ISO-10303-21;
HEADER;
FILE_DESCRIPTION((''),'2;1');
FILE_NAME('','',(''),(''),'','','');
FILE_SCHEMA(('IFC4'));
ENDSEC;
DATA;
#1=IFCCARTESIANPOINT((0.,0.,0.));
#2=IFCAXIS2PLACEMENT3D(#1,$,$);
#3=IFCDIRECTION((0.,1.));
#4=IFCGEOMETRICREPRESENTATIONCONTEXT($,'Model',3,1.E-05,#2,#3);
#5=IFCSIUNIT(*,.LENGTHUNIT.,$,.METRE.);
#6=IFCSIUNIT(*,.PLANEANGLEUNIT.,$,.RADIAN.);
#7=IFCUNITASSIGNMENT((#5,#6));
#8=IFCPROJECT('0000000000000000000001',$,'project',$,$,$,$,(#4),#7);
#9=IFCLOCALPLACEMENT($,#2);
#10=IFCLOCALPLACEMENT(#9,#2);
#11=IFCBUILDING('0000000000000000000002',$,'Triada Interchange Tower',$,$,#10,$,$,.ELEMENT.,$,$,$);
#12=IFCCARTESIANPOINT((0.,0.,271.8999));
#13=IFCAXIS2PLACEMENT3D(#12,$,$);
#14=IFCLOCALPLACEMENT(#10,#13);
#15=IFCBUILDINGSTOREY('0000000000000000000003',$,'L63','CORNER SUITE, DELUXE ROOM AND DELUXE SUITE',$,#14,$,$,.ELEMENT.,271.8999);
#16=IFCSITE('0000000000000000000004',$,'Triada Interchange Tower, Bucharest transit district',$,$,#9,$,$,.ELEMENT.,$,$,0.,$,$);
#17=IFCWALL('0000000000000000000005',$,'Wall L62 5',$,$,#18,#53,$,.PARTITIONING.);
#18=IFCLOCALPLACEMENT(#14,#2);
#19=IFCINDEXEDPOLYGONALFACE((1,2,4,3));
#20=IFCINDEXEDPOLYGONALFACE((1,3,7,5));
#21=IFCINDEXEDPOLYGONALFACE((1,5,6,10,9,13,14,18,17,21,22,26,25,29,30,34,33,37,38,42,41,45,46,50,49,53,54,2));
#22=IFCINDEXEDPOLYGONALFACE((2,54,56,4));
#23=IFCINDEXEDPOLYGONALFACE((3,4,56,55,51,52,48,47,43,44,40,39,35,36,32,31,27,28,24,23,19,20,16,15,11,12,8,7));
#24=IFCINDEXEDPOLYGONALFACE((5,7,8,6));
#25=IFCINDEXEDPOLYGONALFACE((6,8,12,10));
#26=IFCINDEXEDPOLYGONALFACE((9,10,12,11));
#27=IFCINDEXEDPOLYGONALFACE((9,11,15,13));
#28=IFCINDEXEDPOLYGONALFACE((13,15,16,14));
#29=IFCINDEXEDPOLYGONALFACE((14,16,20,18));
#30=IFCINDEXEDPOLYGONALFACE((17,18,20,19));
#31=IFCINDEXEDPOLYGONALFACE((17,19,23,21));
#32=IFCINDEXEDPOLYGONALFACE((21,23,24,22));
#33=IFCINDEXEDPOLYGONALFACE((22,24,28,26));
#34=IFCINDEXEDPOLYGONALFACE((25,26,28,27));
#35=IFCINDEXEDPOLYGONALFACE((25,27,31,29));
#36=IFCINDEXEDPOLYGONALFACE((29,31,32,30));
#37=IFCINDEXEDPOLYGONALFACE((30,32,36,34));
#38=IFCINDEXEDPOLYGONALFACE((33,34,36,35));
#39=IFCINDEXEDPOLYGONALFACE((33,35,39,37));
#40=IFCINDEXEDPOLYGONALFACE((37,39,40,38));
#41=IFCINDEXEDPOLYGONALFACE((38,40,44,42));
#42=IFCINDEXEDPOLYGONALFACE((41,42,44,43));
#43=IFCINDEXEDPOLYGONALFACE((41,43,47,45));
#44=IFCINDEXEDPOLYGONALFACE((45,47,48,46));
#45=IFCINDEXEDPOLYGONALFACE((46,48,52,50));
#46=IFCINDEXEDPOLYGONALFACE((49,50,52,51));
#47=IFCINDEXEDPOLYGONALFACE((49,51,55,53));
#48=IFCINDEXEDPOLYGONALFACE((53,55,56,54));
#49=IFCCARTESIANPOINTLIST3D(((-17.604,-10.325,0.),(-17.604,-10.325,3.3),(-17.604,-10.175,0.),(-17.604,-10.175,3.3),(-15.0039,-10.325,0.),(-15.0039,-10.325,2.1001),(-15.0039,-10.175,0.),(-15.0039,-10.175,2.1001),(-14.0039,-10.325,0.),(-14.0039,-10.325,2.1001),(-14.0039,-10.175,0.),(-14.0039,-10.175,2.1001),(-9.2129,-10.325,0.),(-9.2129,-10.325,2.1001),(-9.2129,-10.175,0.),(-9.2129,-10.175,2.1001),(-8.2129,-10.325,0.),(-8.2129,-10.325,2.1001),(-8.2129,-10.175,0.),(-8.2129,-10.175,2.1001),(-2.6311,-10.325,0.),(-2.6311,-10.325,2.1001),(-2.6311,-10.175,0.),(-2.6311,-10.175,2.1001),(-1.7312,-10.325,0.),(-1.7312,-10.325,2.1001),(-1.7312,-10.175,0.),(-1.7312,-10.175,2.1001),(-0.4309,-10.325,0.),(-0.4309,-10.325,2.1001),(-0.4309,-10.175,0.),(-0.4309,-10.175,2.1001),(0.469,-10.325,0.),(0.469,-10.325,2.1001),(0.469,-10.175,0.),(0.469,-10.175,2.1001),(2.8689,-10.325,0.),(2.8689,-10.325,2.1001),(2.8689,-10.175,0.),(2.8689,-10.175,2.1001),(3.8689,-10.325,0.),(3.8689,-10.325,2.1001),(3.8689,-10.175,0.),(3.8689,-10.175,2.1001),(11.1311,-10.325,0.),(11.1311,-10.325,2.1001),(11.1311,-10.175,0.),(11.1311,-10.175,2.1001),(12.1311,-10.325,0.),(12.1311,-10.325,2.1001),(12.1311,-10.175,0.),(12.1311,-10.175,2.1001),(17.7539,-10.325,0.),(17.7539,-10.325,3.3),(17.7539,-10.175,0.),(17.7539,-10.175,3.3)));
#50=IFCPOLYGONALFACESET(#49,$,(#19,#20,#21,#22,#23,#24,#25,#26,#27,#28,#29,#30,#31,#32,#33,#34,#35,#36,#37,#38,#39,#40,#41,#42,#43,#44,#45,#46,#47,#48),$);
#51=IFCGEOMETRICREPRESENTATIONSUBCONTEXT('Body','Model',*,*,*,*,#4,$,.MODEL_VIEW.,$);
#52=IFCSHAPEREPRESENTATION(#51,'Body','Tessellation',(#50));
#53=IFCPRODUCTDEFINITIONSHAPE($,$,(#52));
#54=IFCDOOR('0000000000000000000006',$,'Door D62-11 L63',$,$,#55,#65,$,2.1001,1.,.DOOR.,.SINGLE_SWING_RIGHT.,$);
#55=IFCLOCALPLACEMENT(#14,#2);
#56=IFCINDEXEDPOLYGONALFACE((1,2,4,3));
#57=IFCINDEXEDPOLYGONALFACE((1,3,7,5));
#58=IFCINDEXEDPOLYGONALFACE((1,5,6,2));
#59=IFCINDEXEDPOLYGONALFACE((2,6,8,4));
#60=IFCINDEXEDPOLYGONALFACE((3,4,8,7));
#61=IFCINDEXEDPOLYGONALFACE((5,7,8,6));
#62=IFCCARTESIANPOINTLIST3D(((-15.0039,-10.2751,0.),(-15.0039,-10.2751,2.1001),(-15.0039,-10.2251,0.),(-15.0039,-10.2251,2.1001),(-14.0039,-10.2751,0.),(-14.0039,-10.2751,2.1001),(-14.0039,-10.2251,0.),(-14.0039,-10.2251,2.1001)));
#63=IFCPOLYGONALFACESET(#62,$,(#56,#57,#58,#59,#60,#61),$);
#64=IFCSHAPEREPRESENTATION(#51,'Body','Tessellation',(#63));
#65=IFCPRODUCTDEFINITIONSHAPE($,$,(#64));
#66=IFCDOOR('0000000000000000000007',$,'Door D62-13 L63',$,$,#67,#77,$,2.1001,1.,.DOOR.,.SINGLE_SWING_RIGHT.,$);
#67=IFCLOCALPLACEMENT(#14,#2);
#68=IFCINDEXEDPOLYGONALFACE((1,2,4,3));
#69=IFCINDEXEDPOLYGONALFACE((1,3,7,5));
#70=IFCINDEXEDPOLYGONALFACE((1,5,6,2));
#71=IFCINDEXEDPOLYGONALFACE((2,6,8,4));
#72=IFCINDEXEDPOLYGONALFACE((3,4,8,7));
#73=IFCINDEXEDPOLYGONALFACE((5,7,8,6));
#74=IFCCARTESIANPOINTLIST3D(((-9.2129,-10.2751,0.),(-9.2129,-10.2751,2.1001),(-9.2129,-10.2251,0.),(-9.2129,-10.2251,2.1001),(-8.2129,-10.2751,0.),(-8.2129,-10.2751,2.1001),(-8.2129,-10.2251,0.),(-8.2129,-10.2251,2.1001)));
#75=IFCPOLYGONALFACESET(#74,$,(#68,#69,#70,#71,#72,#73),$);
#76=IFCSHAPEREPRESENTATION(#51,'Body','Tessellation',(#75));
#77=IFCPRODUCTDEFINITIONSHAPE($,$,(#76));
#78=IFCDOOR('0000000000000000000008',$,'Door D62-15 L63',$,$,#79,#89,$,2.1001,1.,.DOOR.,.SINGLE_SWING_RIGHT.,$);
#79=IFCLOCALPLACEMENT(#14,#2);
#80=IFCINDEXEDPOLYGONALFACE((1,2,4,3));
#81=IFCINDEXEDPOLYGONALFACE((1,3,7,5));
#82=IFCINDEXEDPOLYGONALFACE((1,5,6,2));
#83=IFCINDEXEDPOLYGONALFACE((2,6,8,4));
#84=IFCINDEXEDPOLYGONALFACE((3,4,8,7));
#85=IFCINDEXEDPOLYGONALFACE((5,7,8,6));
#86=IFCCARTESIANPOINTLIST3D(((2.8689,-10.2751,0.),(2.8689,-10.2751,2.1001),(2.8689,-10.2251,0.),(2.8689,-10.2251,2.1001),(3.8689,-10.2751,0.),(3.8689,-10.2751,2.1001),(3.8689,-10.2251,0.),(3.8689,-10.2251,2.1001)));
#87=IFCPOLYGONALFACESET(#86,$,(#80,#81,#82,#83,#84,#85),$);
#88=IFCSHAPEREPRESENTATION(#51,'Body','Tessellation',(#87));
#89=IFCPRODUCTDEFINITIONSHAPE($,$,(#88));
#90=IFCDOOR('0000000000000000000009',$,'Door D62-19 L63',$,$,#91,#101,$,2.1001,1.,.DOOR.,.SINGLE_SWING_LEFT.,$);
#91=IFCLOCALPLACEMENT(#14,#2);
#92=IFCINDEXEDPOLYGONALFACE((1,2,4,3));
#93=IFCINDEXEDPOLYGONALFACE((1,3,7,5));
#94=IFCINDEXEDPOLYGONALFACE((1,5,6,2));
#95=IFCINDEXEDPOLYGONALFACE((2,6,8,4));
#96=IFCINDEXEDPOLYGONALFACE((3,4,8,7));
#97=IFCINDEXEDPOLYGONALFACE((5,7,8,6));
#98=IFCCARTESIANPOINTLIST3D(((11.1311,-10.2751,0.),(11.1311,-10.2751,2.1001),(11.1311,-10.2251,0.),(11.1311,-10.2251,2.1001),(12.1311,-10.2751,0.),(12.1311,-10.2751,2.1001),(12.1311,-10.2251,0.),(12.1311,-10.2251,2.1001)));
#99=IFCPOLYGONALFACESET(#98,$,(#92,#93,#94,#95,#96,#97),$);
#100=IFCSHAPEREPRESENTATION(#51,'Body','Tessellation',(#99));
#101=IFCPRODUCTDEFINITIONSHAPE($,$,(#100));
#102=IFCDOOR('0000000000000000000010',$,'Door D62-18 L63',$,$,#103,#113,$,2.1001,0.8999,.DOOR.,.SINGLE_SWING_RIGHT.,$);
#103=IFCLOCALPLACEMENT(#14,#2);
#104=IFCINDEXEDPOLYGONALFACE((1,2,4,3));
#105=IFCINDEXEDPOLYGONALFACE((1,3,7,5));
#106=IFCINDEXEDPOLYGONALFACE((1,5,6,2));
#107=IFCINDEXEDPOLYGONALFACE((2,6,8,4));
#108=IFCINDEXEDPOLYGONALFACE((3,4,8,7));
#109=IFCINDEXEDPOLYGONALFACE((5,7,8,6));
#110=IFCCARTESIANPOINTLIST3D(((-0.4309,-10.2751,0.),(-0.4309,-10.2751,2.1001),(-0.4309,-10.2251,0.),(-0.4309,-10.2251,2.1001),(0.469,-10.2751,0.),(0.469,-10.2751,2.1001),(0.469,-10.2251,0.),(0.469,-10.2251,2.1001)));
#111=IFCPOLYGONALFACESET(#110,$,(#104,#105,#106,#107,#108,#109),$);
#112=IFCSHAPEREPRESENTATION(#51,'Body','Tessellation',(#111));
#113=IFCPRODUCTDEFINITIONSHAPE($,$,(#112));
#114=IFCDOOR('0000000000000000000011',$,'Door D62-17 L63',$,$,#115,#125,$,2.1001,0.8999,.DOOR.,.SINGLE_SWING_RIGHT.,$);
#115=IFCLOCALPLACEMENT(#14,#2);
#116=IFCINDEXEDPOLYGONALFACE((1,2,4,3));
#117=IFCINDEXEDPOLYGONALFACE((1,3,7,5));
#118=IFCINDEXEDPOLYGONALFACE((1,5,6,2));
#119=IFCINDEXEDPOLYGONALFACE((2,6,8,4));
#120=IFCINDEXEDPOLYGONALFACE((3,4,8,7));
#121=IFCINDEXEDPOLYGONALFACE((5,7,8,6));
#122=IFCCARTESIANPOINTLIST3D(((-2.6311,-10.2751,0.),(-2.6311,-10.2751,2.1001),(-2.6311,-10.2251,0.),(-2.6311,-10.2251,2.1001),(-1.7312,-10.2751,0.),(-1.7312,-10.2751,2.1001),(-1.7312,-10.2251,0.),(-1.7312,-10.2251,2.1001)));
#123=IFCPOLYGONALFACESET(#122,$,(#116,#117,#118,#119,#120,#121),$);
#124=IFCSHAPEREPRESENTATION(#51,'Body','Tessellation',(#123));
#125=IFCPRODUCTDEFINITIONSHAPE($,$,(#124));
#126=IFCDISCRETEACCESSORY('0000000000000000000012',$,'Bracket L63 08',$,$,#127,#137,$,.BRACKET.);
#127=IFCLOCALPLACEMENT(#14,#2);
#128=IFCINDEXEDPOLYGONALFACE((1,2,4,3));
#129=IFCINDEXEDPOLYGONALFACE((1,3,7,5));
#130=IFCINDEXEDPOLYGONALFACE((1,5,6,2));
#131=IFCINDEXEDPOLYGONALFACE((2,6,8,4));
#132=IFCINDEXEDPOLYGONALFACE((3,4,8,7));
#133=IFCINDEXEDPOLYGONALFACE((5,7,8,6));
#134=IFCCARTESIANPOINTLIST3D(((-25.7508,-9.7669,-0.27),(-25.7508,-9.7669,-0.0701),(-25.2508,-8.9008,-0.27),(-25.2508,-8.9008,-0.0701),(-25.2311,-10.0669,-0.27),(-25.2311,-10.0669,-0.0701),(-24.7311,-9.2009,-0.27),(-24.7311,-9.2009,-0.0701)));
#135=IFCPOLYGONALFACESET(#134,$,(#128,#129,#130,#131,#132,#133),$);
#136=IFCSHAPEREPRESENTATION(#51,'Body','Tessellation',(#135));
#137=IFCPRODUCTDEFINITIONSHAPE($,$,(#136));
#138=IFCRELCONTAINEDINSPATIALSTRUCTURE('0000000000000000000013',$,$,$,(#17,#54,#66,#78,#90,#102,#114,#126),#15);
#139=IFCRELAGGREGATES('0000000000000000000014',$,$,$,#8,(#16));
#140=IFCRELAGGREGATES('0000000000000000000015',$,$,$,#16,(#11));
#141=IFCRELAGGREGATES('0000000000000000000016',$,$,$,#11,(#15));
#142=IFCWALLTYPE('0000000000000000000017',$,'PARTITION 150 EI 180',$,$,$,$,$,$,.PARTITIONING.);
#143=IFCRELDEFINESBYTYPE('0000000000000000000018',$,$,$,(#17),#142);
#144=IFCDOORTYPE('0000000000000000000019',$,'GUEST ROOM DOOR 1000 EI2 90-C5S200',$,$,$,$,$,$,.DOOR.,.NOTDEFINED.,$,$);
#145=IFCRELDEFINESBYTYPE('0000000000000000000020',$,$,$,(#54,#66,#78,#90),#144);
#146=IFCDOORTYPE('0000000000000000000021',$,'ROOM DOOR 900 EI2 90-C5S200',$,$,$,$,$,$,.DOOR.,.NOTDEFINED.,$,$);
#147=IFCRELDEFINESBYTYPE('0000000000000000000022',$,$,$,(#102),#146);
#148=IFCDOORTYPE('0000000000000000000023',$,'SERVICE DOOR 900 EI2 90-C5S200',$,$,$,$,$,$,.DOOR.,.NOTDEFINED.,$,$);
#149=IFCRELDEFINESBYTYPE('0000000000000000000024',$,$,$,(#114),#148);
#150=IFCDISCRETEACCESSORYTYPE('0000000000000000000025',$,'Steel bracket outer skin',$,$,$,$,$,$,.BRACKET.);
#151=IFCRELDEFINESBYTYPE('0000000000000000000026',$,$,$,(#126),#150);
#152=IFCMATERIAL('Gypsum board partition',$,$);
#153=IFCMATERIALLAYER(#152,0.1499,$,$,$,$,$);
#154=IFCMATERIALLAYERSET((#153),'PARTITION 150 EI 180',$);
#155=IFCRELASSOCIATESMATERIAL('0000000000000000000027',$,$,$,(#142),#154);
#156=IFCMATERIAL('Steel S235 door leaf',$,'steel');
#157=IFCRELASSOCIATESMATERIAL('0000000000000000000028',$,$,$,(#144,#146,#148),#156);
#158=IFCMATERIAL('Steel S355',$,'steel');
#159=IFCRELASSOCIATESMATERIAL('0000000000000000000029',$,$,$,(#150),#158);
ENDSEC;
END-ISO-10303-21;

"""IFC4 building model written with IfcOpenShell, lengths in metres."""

from ifc_helpers import new_model, si_unit, direction, frame, frame_2d, origin, origin_2d, place, context, subcontext, project, spatial, rectangle, extrude, material, layer, layer_set, type_object, element, fill, save


model = new_model("IFC4")

# Units and contexts
model_context = context("Model", 3, precision=1e-05, world=origin(), true_north=direction((0.0, 1.0)))
body_context = subcontext(model_context, "Body", "Model", "MODEL_VIEW")
ifc_project = project(units=[si_unit("LENGTHUNIT", "METRE"), si_unit("PLANEANGLEUNIT", "RADIAN")], contexts=[model_context])

# Site, building, storey
site_placement = place(None, origin())
site = spatial("IfcSite", under=ifc_project, at=site_placement, Name="Triada Interchange Tower, Bucharest transit district", CompositionType="ELEMENT", RefElevation=0.0)
building_placement = place(site_placement, origin())
building = spatial("IfcBuilding", under=site, at=building_placement, Name="Triada Interchange Tower", CompositionType="ELEMENT")
storey_placement = place(building_placement, frame((0.0, 0.0, 271.8999)))
storey = spatial("IfcBuildingStorey", under=building, at=storey_placement, Name="L63", Description="CORNER SUITE, DELUXE ROOM AND DELUXE SUITE", CompositionType="ELEMENT", Elevation=271.8999)

# Wall, openings, doors
ifc_material_1 = material(Name="Gypsum board partition")
ifc_layer = layer(ifc_material_1, 0.1499)
ifc_layer_set = layer_set([ifc_layer], Name="PARTITION 150 EI 180")
wall_type = type_object("IfcWallType", Name="PARTITION 150 EI 180", PredefinedType="PARTITIONING", material=ifc_layer_set)
ifc_material_2 = material(Name="Steel S235 door leaf", Category="steel")
door_type_1 = type_object("IfcDoorType", Name="GUEST ROOM DOOR 1000 EI2 90-C5S200", OperationType="NOTDEFINED", PredefinedType="DOOR", material=ifc_material_2)
door_type_2 = type_object("IfcDoorType", Name="ROOM DOOR 900 EI2 90-C5S200", OperationType="NOTDEFINED", PredefinedType="DOOR", material=ifc_material_2)
door_type_3 = type_object("IfcDoorType", Name="SERVICE DOOR 900 EI2 90-C5S200", OperationType="NOTDEFINED", PredefinedType="DOOR", material=ifc_material_2)
wall_1_placement = place(storey_placement, frame((-17.604, -10.25, 0.0), z_axis=(0.0, 0.0, 1.0), x_axis=(1.0, 0.0, 0.0)))
wall_1 = element("IfcWall", 1, at=wall_1_placement, inside=storey, type_object=wall_type, Name="Wall L62 5", PredefinedType="PARTITIONING", context=body_context, shape_type="SweptSolid", body=[
    extrude(rectangle(XDim=35.3579, YDim=0.1499, at=frame_2d((17.679, 0.0))), origin(), (0.0, 0.0, 1.0), 3.3),
])
opening_1_placement = place(wall_1_placement, frame((2.6001, 0.0, 0.0)))
opening_1 = element("IfcOpeningElement", 2, at=opening_1_placement, cuts=wall_1, PredefinedType="OPENING", context=body_context, shape_type="SweptSolid", body=[
    extrude(rectangle(XDim=1.0, YDim=2.1001, at=frame_2d((0.5, 1.05))), frame((0.0, 0.085, 0.0), z_axis=(0.0, -1.0, 0.0), x_axis=(1.0, 0.0, 0.0)), (0.0, 0.0, 1.0), 0.1699),
])
opening_2_placement = place(wall_1_placement, frame((8.3911, 0.0, 0.0)))
opening_2 = element("IfcOpeningElement", 3, at=opening_2_placement, cuts=wall_1, PredefinedType="OPENING", context=body_context, shape_type="SweptSolid", body=[
    extrude(rectangle(XDim=1.0, YDim=2.1001, at=frame_2d((0.5, 1.05))), frame((0.0, 0.085, 0.0), z_axis=(0.0, -1.0, 0.0), x_axis=(1.0, 0.0, 0.0)), (0.0, 0.0, 1.0), 0.1699),
])
opening_3_placement = place(wall_1_placement, frame((20.4729, 0.0, 0.0)))
opening_3 = element("IfcOpeningElement", 4, at=opening_3_placement, cuts=wall_1, PredefinedType="OPENING", context=body_context, shape_type="SweptSolid", body=[
    extrude(rectangle(XDim=1.0, YDim=2.1001, at=frame_2d((0.5, 1.05))), frame((0.0, 0.085, 0.0), z_axis=(0.0, -1.0, 0.0), x_axis=(1.0, 0.0, 0.0)), (0.0, 0.0, 1.0), 0.1699),
])
opening_4_placement = place(wall_1_placement, frame((14.9729, 0.0, 0.0)))
opening_4 = element("IfcOpeningElement", 5, at=opening_4_placement, cuts=wall_1, PredefinedType="OPENING", context=body_context, shape_type="SweptSolid", body=[
    extrude(rectangle(XDim=0.8999, YDim=2.1001, at=frame_2d((0.45, 1.05))), frame((0.0, 0.085, 0.0), z_axis=(0.0, -1.0, 0.0), x_axis=(1.0, 0.0, 0.0)), (0.0, 0.0, 1.0), 0.1699),
])
opening_5_placement = place(wall_1_placement, frame((17.1731, 0.0, 0.0)))
opening_5 = element("IfcOpeningElement", 6, at=opening_5_placement, cuts=wall_1, PredefinedType="OPENING", context=body_context, shape_type="SweptSolid", body=[
    extrude(rectangle(XDim=0.8999, YDim=2.1001, at=frame_2d((0.45, 1.05))), frame((0.0, 0.085, 0.0), z_axis=(0.0, -1.0, 0.0), x_axis=(1.0, 0.0, 0.0)), (0.0, 0.0, 1.0), 0.1699),
])
opening_6_placement = place(wall_1_placement, frame((28.7351, 0.0, 0.0)))
opening_6 = element("IfcOpeningElement", 7, at=opening_6_placement, cuts=wall_1, PredefinedType="OPENING", context=body_context, shape_type="SweptSolid", body=[
    extrude(rectangle(XDim=1.0, YDim=2.1001, at=frame_2d((0.5, 1.05))), frame((0.0, 0.085, 0.0), z_axis=(0.0, -1.0, 0.0), x_axis=(1.0, 0.0, 0.0)), (0.0, 0.0, 1.0), 0.1699),
])
door_1_placement = place(opening_1_placement, origin())
door_1 = element("IfcDoor", 8, at=door_1_placement, inside=storey, type_object=door_type_1, Name="Door D62-11 L63", OperationType="SINGLE_SWING_RIGHT", OverallHeight=2.1001, OverallWidth=1.0, PredefinedType="DOOR", context=body_context, shape_type="SweptSolid", body=[
    extrude(rectangle(XDim=1.0, YDim=2.1001, at=frame_2d((0.5, 1.05))), frame((0.0, 0.0249, 0.0), z_axis=(0.0, -1.0, 0.0), x_axis=(1.0, 0.0, 0.0)), (0.0, 0.0, 1.0), 0.05),
])
fill(opening_1, door_1)
door_2_placement = place(opening_2_placement, origin())
door_2 = element("IfcDoor", 9, at=door_2_placement, inside=storey, type_object=door_type_1, Name="Door D62-13 L63", OperationType="SINGLE_SWING_RIGHT", OverallHeight=2.1001, OverallWidth=1.0, PredefinedType="DOOR", context=body_context, shape_type="SweptSolid", body=[
    extrude(rectangle(XDim=1.0, YDim=2.1001, at=frame_2d((0.5, 1.05))), frame((0.0, 0.0249, 0.0), z_axis=(0.0, -1.0, 0.0), x_axis=(1.0, 0.0, 0.0)), (0.0, 0.0, 1.0), 0.05),
])
fill(opening_2, door_2)
door_3_placement = place(opening_3_placement, origin())
door_3 = element("IfcDoor", 10, at=door_3_placement, inside=storey, type_object=door_type_1, Name="Door D62-15 L63", OperationType="SINGLE_SWING_RIGHT", OverallHeight=2.1001, OverallWidth=1.0, PredefinedType="DOOR", context=body_context, shape_type="SweptSolid", body=[
    extrude(rectangle(XDim=1.0, YDim=2.1001, at=frame_2d((0.5, 1.05))), frame((0.0, 0.0249, 0.0), z_axis=(0.0, -1.0, 0.0), x_axis=(1.0, 0.0, 0.0)), (0.0, 0.0, 1.0), 0.05),
])
fill(opening_3, door_3)
door_4_placement = place(opening_6_placement, origin())
door_4 = element("IfcDoor", 11, at=door_4_placement, inside=storey, type_object=door_type_1, Name="Door D62-19 L63", OperationType="SINGLE_SWING_LEFT", OverallHeight=2.1001, OverallWidth=1.0, PredefinedType="DOOR", context=body_context, shape_type="SweptSolid", body=[
    extrude(rectangle(XDim=1.0, YDim=2.1001, at=frame_2d((0.5, 1.05))), frame((0.0, 0.0249, 0.0), z_axis=(0.0, -1.0, 0.0), x_axis=(1.0, 0.0, 0.0)), (0.0, 0.0, 1.0), 0.05),
])
fill(opening_6, door_4)
door_5_placement = place(opening_5_placement, origin())
door_5 = element("IfcDoor", 12, at=door_5_placement, inside=storey, type_object=door_type_2, Name="Door D62-18 L63", OperationType="SINGLE_SWING_RIGHT", OverallHeight=2.1001, OverallWidth=0.8999, PredefinedType="DOOR", context=body_context, shape_type="SweptSolid", body=[
    extrude(rectangle(XDim=0.8999, YDim=2.1001, at=frame_2d((0.45, 1.05))), frame((0.0, 0.0249, 0.0), z_axis=(0.0, -1.0, 0.0), x_axis=(1.0, 0.0, 0.0)), (0.0, 0.0, 1.0), 0.05),
])
fill(opening_5, door_5)
door_6_placement = place(opening_4_placement, origin())
door_6 = element("IfcDoor", 13, at=door_6_placement, inside=storey, type_object=door_type_3, Name="Door D62-17 L63", OperationType="SINGLE_SWING_RIGHT", OverallHeight=2.1001, OverallWidth=0.8999, PredefinedType="DOOR", context=body_context, shape_type="SweptSolid", body=[
    extrude(rectangle(XDim=0.8999, YDim=2.1001, at=frame_2d((0.45, 1.05))), frame((0.0, 0.0249, 0.0), z_axis=(0.0, -1.0, 0.0), x_axis=(1.0, 0.0, 0.0)), (0.0, 0.0, 1.0), 0.05),
])
fill(opening_4, door_6)

# Discrete accessory
ifc_material_3 = material(Name="Steel S355", Category="steel")
discrete_accessory_type = type_object("IfcDiscreteAccessoryType", Name="Steel bracket outer skin", PredefinedType="BRACKET", material=ifc_material_3)
discrete_accessory_placement = place(storey_placement, frame((-25.241, -9.4839, -0.27), z_axis=(0.0, 0.0, 1.0), x_axis=(-0.866029, 0.499994, 0.0)))
element("IfcDiscreteAccessory", 14, at=discrete_accessory_placement, inside=storey, type_object=discrete_accessory_type, Name="Bracket L63 08", PredefinedType="BRACKET", context=body_context, shape_type="SweptSolid", body=[
    extrude(rectangle(XDim=0.6001, YDim=1.0, at=origin_2d()), origin(), (0.0, 0.0, 1.0), 0.2),
])

save(model, "model.ifc")
